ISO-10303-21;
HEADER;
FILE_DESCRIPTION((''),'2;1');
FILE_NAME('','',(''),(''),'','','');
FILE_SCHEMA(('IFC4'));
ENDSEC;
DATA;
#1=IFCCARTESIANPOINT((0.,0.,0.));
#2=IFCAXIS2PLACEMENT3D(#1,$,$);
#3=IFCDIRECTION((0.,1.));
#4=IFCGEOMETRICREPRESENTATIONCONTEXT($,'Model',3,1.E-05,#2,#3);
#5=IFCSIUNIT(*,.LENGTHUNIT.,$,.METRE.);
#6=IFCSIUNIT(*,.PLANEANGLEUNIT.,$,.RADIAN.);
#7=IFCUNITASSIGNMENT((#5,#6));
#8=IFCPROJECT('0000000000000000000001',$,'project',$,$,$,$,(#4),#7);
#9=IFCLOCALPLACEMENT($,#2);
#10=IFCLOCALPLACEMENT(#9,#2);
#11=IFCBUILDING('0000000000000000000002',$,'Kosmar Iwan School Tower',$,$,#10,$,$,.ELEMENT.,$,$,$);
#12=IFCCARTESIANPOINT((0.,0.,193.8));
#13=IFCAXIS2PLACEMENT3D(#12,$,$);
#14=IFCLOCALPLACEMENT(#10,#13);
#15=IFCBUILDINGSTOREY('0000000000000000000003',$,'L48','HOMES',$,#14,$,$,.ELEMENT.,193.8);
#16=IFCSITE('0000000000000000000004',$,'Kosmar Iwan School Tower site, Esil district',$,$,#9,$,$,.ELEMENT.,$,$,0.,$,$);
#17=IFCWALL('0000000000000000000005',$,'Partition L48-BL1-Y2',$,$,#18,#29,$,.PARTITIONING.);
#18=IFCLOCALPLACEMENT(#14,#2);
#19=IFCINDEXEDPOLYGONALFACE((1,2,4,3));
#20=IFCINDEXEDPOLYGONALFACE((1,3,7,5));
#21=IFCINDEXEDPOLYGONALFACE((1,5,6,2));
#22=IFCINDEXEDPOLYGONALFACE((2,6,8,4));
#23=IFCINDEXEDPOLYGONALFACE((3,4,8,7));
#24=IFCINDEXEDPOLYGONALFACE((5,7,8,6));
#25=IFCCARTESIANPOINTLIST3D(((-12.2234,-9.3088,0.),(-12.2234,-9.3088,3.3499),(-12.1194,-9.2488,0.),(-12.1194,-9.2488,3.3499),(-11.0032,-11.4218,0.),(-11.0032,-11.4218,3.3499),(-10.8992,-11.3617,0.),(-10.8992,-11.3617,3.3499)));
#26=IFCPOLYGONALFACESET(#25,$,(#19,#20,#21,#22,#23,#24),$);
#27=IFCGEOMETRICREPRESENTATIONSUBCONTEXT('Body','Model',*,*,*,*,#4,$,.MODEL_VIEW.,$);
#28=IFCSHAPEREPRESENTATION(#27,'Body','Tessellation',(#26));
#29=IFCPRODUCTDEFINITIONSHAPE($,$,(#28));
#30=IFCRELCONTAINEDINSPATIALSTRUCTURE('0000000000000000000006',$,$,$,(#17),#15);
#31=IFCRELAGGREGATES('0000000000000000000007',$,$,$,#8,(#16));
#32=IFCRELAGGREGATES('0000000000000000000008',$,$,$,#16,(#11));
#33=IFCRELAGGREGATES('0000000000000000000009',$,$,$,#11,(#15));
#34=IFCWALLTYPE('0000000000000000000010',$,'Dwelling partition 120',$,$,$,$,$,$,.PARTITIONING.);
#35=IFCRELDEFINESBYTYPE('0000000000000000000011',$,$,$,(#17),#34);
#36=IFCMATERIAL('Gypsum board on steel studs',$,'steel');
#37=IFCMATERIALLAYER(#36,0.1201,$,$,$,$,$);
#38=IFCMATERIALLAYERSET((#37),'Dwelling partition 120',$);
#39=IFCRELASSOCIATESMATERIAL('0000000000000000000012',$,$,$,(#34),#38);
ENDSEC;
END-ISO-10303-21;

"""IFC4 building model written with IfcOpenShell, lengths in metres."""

from ifc_helpers import new_model, si_unit, direction, frame, frame_2d, origin, place, context, subcontext, project, spatial, rectangle, extrude, material, layer, layer_set, type_object, element, save


model = new_model("IFC4")

# Units and contexts
model_context = context("Model", 3, precision=1e-05, world=origin(), true_north=direction((0.0, 1.0)))
body_context = subcontext(model_context, "Body", "Model", "MODEL_VIEW")
ifc_project = project(units=[si_unit("LENGTHUNIT", "METRE"), si_unit("PLANEANGLEUNIT", "RADIAN")], contexts=[model_context])

# Site, building, storey
site_placement = place(None, origin())
site = spatial("IfcSite", under=ifc_project, at=site_placement, Name="Kosmar Iwan School Tower site, Esil district", CompositionType="ELEMENT", RefElevation=0.0)
building_placement = place(site_placement, origin())
building = spatial("IfcBuilding", under=site, at=building_placement, Name="Kosmar Iwan School Tower", CompositionType="ELEMENT")
storey_placement = place(building_placement, frame((0.0, 0.0, 193.8)))
storey = spatial("IfcBuildingStorey", under=building, at=storey_placement, Name="L48", Description="HOMES", CompositionType="ELEMENT", Elevation=193.8)

# Shared definitions
ifc_material_1 = material(Name="Gypsum board on steel studs", Category="steel")
ifc_layer_1 = layer(ifc_material_1, 0.1201)
ifc_layer_set_1 = layer_set([ifc_layer_1], Name="Dwelling partition 120")
wall_type_1 = type_object("IfcWallType", Name="Dwelling partition 120", PredefinedType="PARTITIONING", material=ifc_layer_set_1)

# Wall
for number, where, z_axis, x_axis, name in (
    (1, (-12.1714, -9.2788, 0.0), (0.0, 0.0, 1.0), (0.500078, -0.865981, 0.0), "Partition L48-BL1-Y2"),
):
    element("IfcWall", number, at=place(storey_placement, frame(where, z_axis=z_axis, x_axis=x_axis)), inside=storey, type_object=wall_type_1, Name=name, PredefinedType="PARTITIONING", context=body_context, shape_type="SweptSolid", body=[
        extrude(rectangle(XDim=2.4399, YDim=0.1201, at=frame_2d((1.22, 0.0))), origin(), (0.0, 0.0, 1.0), 3.3499),
    ])

save(model, "model.ifc")
